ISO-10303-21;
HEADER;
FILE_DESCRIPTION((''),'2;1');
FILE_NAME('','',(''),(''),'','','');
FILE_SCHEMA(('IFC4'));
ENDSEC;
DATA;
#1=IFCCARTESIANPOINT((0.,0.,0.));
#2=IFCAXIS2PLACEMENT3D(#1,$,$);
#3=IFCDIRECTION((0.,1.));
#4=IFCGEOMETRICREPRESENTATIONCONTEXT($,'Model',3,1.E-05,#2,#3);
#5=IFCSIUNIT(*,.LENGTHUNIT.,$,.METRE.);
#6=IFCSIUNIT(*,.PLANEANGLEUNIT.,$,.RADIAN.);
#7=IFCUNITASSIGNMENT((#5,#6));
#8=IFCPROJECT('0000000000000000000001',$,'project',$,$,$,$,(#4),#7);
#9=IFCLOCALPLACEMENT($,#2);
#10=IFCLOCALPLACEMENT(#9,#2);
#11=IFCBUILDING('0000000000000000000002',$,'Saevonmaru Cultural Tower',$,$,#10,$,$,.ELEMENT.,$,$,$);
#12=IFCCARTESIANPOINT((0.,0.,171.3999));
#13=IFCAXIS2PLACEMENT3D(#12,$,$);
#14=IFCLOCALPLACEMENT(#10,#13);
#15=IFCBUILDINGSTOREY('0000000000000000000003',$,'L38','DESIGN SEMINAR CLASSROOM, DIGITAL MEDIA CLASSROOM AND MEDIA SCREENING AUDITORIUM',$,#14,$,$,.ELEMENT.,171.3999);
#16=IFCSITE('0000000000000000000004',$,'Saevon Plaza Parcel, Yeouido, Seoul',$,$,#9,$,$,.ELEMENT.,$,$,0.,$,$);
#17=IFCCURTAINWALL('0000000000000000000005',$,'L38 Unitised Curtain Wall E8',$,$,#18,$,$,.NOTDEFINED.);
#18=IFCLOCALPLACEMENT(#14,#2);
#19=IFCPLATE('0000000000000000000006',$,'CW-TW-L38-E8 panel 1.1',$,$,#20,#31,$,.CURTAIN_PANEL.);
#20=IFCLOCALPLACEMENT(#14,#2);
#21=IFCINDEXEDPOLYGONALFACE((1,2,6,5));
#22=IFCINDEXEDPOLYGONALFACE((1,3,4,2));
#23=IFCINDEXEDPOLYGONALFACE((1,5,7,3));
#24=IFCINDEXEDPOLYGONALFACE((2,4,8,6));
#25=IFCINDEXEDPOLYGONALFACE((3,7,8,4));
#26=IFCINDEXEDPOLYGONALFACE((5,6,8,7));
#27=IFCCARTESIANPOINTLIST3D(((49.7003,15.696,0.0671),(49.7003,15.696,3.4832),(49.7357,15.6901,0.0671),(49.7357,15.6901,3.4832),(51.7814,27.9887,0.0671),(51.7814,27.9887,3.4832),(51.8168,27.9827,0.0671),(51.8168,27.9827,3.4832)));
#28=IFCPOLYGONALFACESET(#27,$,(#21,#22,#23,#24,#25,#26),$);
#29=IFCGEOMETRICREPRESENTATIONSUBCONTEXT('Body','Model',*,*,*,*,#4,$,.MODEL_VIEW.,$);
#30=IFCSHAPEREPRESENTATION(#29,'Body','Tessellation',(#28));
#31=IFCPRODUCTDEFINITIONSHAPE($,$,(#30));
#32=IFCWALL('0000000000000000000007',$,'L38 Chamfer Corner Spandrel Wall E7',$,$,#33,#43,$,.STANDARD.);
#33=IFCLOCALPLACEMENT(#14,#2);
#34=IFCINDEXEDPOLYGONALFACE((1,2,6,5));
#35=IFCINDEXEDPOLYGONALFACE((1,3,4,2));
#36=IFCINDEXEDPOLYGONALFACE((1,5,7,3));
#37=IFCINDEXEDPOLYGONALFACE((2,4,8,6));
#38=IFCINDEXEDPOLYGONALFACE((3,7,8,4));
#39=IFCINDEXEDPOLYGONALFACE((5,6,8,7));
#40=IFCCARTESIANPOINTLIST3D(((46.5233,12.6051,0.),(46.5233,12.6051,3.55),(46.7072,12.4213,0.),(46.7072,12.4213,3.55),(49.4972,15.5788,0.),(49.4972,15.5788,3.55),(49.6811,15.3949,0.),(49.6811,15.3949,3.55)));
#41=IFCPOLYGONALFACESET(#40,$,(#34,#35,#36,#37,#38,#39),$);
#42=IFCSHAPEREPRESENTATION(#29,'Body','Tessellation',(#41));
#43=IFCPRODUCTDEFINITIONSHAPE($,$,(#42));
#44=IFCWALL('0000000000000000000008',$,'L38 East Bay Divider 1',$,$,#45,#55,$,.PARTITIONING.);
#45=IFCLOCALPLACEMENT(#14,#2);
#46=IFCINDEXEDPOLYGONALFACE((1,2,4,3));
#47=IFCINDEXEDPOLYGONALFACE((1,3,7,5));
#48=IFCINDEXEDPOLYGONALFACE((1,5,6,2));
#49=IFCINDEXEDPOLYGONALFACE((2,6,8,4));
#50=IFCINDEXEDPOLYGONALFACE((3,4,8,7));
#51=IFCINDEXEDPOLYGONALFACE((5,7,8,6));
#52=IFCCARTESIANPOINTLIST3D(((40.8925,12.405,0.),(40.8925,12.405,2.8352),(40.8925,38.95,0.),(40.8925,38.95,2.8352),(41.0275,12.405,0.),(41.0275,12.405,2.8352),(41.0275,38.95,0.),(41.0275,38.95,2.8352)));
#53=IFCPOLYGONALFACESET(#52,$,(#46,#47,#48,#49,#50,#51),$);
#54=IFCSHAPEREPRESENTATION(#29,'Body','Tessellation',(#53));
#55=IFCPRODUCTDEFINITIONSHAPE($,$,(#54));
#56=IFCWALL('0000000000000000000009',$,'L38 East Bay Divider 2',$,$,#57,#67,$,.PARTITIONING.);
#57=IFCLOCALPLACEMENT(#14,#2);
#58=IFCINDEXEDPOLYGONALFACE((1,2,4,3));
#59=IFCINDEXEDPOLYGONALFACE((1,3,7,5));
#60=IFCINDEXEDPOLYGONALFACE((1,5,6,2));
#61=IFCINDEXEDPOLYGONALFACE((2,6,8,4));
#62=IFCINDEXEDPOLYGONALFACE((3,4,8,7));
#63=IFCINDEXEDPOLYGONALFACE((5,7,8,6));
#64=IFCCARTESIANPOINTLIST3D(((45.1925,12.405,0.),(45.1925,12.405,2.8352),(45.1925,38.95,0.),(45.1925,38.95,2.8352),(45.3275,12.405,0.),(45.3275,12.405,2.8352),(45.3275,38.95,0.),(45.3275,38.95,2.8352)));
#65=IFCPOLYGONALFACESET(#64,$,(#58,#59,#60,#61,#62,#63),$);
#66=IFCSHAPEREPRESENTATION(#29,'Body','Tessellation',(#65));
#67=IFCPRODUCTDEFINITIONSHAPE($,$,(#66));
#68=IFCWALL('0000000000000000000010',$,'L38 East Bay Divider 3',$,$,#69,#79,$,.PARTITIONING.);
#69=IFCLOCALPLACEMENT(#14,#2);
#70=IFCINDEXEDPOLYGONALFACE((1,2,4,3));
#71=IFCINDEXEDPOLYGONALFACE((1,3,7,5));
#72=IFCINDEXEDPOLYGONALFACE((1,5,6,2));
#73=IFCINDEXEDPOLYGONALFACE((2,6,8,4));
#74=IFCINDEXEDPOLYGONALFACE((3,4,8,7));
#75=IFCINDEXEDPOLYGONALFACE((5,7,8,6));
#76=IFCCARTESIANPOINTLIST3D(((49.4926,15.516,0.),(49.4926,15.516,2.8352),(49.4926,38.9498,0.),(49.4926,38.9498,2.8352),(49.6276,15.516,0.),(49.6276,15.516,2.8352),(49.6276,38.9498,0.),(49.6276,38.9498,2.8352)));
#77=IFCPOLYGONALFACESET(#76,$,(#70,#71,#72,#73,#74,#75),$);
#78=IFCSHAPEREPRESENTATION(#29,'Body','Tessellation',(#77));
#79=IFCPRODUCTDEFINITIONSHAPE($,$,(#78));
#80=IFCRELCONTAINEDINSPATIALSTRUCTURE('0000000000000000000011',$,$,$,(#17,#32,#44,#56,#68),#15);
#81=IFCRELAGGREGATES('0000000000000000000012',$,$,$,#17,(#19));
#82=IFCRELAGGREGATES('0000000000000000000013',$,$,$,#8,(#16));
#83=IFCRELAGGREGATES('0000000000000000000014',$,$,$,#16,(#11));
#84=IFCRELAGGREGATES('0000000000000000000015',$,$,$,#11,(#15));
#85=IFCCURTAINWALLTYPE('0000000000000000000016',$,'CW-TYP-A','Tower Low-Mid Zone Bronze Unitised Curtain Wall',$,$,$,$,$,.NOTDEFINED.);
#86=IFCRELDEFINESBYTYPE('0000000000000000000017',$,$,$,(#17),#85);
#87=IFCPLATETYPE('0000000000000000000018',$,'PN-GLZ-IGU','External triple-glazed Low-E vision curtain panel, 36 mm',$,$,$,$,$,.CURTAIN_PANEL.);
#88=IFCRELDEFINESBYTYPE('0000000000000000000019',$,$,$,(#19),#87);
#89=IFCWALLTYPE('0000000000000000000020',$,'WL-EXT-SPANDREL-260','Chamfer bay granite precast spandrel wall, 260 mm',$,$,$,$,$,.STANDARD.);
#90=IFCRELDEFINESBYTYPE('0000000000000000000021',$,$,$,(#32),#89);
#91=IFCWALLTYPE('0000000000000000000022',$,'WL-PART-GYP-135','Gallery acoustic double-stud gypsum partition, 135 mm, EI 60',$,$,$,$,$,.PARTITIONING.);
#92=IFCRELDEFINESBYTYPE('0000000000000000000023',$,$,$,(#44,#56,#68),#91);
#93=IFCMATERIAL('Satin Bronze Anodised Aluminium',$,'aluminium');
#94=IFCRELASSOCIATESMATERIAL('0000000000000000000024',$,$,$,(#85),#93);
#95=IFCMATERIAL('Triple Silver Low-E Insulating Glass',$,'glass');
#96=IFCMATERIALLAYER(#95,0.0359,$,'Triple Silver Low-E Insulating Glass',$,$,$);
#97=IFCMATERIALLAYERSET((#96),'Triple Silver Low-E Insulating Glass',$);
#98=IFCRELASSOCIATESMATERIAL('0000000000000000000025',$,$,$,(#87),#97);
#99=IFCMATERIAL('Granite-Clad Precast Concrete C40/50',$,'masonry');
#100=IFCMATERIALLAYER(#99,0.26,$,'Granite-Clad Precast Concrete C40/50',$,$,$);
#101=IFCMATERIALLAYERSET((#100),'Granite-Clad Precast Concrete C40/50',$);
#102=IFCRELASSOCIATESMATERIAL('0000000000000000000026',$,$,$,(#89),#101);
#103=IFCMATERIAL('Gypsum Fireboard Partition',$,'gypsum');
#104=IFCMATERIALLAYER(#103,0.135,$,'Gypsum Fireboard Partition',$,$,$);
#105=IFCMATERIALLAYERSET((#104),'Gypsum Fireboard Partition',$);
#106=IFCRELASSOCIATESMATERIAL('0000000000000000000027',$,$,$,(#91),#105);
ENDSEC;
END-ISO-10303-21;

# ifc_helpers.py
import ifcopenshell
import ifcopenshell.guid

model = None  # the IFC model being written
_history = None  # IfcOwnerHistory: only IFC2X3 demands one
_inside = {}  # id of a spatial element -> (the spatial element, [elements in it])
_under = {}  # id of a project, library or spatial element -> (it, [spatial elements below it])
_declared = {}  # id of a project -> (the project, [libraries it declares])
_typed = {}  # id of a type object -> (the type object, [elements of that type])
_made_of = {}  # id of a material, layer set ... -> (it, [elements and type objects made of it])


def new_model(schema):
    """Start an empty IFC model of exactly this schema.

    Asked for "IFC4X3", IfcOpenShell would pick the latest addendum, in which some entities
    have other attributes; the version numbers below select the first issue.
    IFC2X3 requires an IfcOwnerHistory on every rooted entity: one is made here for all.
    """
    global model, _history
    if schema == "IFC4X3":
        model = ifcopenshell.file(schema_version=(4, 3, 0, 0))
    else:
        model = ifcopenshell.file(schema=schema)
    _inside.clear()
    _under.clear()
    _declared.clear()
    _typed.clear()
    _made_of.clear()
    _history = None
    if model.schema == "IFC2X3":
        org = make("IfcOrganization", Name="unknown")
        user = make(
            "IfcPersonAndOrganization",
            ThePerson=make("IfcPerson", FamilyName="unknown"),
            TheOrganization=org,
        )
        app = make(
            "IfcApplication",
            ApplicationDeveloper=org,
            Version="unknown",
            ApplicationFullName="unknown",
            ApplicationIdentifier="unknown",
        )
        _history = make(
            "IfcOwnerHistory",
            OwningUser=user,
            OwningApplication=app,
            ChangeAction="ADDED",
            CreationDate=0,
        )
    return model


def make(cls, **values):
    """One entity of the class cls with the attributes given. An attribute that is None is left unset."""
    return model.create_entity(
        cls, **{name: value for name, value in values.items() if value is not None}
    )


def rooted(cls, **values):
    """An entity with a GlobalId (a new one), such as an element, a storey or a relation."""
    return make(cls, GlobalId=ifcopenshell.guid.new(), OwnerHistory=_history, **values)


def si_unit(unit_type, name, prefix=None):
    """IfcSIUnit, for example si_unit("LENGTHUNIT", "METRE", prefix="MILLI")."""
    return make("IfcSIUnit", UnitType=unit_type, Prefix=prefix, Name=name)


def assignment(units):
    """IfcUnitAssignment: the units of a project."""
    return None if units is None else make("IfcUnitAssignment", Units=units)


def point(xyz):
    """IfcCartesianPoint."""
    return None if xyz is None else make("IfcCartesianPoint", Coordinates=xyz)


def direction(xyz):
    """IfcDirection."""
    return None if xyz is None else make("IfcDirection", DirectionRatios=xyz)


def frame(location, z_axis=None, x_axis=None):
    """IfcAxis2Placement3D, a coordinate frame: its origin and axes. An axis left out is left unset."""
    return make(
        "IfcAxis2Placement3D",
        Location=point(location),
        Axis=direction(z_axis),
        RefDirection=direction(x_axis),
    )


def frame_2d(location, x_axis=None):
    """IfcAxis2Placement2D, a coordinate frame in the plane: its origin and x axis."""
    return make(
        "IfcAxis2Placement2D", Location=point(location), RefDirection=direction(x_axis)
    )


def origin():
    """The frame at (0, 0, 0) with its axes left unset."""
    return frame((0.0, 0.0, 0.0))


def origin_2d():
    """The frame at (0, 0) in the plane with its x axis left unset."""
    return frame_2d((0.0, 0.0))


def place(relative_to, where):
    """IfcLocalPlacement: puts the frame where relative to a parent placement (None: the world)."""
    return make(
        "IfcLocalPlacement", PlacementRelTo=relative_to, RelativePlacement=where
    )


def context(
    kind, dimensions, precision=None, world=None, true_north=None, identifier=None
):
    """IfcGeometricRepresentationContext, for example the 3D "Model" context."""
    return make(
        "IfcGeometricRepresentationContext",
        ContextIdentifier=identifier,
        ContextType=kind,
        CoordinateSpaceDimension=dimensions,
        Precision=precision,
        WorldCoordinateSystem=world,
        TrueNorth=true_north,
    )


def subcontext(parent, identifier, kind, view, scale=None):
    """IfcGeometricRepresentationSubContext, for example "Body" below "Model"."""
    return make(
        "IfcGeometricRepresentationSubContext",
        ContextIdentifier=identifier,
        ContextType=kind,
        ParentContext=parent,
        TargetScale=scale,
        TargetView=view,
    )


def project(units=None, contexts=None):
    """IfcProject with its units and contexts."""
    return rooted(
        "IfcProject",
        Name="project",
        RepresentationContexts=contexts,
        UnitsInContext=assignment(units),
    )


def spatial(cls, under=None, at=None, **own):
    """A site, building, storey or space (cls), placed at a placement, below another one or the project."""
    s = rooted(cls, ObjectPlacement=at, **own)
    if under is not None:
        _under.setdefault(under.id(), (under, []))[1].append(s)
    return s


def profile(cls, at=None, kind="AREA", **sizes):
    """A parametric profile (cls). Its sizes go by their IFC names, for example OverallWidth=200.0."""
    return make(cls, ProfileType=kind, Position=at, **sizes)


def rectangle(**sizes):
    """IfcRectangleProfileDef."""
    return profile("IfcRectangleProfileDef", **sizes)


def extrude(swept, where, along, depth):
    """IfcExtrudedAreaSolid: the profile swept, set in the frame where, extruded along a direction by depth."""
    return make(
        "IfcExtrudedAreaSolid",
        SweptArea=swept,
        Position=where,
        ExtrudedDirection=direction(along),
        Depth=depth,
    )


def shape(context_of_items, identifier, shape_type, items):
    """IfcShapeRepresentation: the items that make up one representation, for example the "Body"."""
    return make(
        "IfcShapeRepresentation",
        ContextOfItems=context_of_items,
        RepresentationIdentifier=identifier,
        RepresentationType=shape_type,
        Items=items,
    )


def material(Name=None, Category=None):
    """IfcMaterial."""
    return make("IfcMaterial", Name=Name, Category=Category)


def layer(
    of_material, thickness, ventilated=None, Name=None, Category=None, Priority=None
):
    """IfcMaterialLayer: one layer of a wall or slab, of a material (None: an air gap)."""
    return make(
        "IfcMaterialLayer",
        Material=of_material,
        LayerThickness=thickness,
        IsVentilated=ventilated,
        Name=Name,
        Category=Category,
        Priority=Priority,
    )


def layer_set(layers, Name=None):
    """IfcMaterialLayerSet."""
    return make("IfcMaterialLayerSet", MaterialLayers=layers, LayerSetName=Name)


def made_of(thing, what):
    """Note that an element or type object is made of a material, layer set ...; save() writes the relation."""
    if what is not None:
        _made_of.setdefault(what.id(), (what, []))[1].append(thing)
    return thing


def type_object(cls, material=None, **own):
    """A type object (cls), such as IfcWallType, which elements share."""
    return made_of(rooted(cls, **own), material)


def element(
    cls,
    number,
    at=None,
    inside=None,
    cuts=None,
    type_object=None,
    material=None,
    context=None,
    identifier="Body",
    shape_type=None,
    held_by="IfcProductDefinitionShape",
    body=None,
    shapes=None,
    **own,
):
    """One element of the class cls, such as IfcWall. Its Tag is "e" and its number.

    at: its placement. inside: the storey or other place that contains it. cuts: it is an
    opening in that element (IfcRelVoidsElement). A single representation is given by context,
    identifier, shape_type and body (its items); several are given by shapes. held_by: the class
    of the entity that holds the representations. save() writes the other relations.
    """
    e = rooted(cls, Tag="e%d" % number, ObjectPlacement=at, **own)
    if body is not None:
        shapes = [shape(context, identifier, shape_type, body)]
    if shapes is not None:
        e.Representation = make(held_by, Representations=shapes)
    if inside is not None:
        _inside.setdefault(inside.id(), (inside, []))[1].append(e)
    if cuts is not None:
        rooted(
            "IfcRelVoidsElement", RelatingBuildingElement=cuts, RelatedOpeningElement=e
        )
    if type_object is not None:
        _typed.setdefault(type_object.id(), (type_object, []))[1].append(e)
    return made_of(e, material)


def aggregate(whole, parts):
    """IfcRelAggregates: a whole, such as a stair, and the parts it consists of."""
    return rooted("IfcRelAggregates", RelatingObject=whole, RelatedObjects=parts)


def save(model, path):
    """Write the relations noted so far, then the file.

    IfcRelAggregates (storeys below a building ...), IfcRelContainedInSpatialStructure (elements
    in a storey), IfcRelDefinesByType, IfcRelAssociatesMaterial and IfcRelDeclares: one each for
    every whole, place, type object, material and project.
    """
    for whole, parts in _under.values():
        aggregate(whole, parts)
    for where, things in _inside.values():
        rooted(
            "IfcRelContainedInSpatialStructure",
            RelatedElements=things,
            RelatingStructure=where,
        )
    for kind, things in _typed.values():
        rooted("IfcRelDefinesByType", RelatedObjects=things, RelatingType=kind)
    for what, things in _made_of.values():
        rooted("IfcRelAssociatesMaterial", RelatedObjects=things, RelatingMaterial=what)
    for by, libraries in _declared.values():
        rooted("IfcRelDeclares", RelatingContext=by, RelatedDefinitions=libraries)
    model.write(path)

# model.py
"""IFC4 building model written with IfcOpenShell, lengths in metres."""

from ifc_helpers import new_model, si_unit, direction, frame, frame_2d, origin, origin_2d, place, context, subcontext, project, spatial, rectangle, extrude, material, layer, layer_set, type_object, element, aggregate, save


model = new_model("IFC4")

# Units and contexts
model_context = context("Model", 3, precision=1e-05, world=origin(), true_north=direction((0.0, 1.0)))
body_context = subcontext(model_context, "Body", "Model", "MODEL_VIEW")
ifc_project = project(units=[si_unit("LENGTHUNIT", "METRE"), si_unit("PLANEANGLEUNIT", "RADIAN")], contexts=[model_context])

# Site, building, storey
site_placement = place(None, origin())
site = spatial("IfcSite", under=ifc_project, at=site_placement, Name="Saevon Plaza Parcel, Yeouido, Seoul", CompositionType="ELEMENT", RefElevation=0.0)
building_placement = place(site_placement, origin())
building = spatial("IfcBuilding", under=site, at=building_placement, Name="Saevonmaru Cultural Tower", CompositionType="ELEMENT")
storey_placement = place(building_placement, frame((0.0, 0.0, 171.3999)))
storey = spatial("IfcBuildingStorey", under=building, at=storey_placement, Name="L38", Description="DESIGN SEMINAR CLASSROOM, DIGITAL MEDIA CLASSROOM AND MEDIA SCREENING AUDITORIUM", CompositionType="ELEMENT", Elevation=171.3999)

# Shared definitions
ifc_material_1 = material(Name="Satin Bronze Anodised Aluminium", Category="aluminium")
curtain_wall_type = type_object("IfcCurtainWallType", Name="CW-TYP-A", Description="Tower Low-Mid Zone Bronze Unitised Curtain Wall", PredefinedType="NOTDEFINED", material=ifc_material_1)

# Curtain wall
curtain_wall_1_placement = place(storey_placement, origin())
curtain_wall_1 = element("IfcCurtainWall", 1, at=curtain_wall_1_placement, inside=storey, type_object=curtain_wall_type, Name="L38 Unitised Curtain Wall E8", PredefinedType="NOTDEFINED")

# Plate
ifc_material_2 = material(Name="Triple Silver Low-E Insulating Glass", Category="glass")
ifc_layer_1 = layer(ifc_material_2, 0.0359, Name="Triple Silver Low-E Insulating Glass")
ifc_layer_set_1 = layer_set([ifc_layer_1], Name="Triple Silver Low-E Insulating Glass")
plate_type = type_object("IfcPlateType", Name="PN-GLZ-IGU", Description="External triple-glazed Low-E vision curtain panel, 36 mm", PredefinedType="CURTAIN_PANEL", material=ifc_layer_set_1)
plate_1_placement = place(storey_placement, frame((50.7585, 21.8394, 0.0671), z_axis=(0.0, 0.0, 1.0), x_axis=(0.166922, 0.98597, 0.0)))
plate_1 = element("IfcPlate", 2, at=plate_1_placement, type_object=plate_type, Name="CW-TW-L38-E8 panel 1.1", PredefinedType="CURTAIN_PANEL", context=body_context, shape_type="SweptSolid", body=[
    extrude(rectangle(XDim=12.4675, YDim=0.0359, at=origin_2d()), origin(), (0.0, 0.0, 1.0), 3.416),
])
aggregate(curtain_wall_1, [plate_1])

# Walls
ifc_material_3 = material(Name="Granite-Clad Precast Concrete C40/50", Category="masonry")
ifc_layer_2 = layer(ifc_material_3, 0.26, Name="Granite-Clad Precast Concrete C40/50")
ifc_layer_set_2 = layer_set([ifc_layer_2], Name="Granite-Clad Precast Concrete C40/50")
wall_type_1 = type_object("IfcWallType", Name="WL-EXT-SPANDREL-260", Description="Chamfer bay granite precast spandrel wall, 260 mm", PredefinedType="STANDARD", material=ifc_layer_set_2)
wall_1_placement = place(storey_placement, frame((46.6152, 12.5132, 0.0), z_axis=(0.0, 0.0, 1.0), x_axis=(0.707136, 0.707078, 0.0)))
element("IfcWall", 3, at=wall_1_placement, inside=storey, type_object=wall_type_1, Name="L38 Chamfer Corner Spandrel Wall E7", PredefinedType="STANDARD", context=body_context, shape_type="SweptSolid", body=[
    extrude(rectangle(XDim=4.2056, YDim=0.26, at=frame_2d((2.1028, 0.0))), origin(), (0.0, 0.0, 1.0), 3.55),
])
ifc_material_4 = material(Name="Gypsum Fireboard Partition", Category="gypsum")
ifc_layer_3 = layer(ifc_material_4, 0.135, Name="Gypsum Fireboard Partition")
ifc_layer_set_3 = layer_set([ifc_layer_3], Name="Gypsum Fireboard Partition")
wall_type_2 = type_object("IfcWallType", Name="WL-PART-GYP-135", Description="Gallery acoustic double-stud gypsum partition, 135 mm, EI 60", PredefinedType="PARTITIONING", material=ifc_layer_set_3)
for number, where, z_axis, x_axis, name in (
    (4, (40.96, 12.405, 0.0), (0.0, 0.0, 1.0), (0.0, 1.0, 0.0), "L38 East Bay Divider 1"),
    (5, (45.26, 12.405, 0.0), (0.0, 0.0, 1.0), (0.0, 1.0, 0.0), "L38 East Bay Divider 2"),
):
    element("IfcWall", number, at=place(storey_placement, frame(where, z_axis=z_axis, x_axis=x_axis)), inside=storey, type_object=wall_type_2, Name=name, PredefinedType="PARTITIONING", context=body_context, shape_type="SweptSolid", body=[
        extrude(rectangle(XDim=26.5449, YDim=0.135, at=frame_2d((13.2725, 0.0))), origin(), (0.0, 0.0, 1.0), 2.8352),
    ])
wall_2_placement = place(storey_placement, frame((49.5601, 15.5161, 0.0), z_axis=(0.0, 0.0, 1.0), x_axis=(0.0, 1.0, 0.0)))
element("IfcWall", 6, at=wall_2_placement, inside=storey, type_object=wall_type_2, Name="L38 East Bay Divider 3", PredefinedType="PARTITIONING", context=body_context, shape_type="SweptSolid", body=[
    extrude(rectangle(XDim=23.4338, YDim=0.135, at=frame_2d((11.7168, 0.0))), origin(), (0.0, 0.0, 1.0), 2.8352),
])

save(model, "model.ifc")
